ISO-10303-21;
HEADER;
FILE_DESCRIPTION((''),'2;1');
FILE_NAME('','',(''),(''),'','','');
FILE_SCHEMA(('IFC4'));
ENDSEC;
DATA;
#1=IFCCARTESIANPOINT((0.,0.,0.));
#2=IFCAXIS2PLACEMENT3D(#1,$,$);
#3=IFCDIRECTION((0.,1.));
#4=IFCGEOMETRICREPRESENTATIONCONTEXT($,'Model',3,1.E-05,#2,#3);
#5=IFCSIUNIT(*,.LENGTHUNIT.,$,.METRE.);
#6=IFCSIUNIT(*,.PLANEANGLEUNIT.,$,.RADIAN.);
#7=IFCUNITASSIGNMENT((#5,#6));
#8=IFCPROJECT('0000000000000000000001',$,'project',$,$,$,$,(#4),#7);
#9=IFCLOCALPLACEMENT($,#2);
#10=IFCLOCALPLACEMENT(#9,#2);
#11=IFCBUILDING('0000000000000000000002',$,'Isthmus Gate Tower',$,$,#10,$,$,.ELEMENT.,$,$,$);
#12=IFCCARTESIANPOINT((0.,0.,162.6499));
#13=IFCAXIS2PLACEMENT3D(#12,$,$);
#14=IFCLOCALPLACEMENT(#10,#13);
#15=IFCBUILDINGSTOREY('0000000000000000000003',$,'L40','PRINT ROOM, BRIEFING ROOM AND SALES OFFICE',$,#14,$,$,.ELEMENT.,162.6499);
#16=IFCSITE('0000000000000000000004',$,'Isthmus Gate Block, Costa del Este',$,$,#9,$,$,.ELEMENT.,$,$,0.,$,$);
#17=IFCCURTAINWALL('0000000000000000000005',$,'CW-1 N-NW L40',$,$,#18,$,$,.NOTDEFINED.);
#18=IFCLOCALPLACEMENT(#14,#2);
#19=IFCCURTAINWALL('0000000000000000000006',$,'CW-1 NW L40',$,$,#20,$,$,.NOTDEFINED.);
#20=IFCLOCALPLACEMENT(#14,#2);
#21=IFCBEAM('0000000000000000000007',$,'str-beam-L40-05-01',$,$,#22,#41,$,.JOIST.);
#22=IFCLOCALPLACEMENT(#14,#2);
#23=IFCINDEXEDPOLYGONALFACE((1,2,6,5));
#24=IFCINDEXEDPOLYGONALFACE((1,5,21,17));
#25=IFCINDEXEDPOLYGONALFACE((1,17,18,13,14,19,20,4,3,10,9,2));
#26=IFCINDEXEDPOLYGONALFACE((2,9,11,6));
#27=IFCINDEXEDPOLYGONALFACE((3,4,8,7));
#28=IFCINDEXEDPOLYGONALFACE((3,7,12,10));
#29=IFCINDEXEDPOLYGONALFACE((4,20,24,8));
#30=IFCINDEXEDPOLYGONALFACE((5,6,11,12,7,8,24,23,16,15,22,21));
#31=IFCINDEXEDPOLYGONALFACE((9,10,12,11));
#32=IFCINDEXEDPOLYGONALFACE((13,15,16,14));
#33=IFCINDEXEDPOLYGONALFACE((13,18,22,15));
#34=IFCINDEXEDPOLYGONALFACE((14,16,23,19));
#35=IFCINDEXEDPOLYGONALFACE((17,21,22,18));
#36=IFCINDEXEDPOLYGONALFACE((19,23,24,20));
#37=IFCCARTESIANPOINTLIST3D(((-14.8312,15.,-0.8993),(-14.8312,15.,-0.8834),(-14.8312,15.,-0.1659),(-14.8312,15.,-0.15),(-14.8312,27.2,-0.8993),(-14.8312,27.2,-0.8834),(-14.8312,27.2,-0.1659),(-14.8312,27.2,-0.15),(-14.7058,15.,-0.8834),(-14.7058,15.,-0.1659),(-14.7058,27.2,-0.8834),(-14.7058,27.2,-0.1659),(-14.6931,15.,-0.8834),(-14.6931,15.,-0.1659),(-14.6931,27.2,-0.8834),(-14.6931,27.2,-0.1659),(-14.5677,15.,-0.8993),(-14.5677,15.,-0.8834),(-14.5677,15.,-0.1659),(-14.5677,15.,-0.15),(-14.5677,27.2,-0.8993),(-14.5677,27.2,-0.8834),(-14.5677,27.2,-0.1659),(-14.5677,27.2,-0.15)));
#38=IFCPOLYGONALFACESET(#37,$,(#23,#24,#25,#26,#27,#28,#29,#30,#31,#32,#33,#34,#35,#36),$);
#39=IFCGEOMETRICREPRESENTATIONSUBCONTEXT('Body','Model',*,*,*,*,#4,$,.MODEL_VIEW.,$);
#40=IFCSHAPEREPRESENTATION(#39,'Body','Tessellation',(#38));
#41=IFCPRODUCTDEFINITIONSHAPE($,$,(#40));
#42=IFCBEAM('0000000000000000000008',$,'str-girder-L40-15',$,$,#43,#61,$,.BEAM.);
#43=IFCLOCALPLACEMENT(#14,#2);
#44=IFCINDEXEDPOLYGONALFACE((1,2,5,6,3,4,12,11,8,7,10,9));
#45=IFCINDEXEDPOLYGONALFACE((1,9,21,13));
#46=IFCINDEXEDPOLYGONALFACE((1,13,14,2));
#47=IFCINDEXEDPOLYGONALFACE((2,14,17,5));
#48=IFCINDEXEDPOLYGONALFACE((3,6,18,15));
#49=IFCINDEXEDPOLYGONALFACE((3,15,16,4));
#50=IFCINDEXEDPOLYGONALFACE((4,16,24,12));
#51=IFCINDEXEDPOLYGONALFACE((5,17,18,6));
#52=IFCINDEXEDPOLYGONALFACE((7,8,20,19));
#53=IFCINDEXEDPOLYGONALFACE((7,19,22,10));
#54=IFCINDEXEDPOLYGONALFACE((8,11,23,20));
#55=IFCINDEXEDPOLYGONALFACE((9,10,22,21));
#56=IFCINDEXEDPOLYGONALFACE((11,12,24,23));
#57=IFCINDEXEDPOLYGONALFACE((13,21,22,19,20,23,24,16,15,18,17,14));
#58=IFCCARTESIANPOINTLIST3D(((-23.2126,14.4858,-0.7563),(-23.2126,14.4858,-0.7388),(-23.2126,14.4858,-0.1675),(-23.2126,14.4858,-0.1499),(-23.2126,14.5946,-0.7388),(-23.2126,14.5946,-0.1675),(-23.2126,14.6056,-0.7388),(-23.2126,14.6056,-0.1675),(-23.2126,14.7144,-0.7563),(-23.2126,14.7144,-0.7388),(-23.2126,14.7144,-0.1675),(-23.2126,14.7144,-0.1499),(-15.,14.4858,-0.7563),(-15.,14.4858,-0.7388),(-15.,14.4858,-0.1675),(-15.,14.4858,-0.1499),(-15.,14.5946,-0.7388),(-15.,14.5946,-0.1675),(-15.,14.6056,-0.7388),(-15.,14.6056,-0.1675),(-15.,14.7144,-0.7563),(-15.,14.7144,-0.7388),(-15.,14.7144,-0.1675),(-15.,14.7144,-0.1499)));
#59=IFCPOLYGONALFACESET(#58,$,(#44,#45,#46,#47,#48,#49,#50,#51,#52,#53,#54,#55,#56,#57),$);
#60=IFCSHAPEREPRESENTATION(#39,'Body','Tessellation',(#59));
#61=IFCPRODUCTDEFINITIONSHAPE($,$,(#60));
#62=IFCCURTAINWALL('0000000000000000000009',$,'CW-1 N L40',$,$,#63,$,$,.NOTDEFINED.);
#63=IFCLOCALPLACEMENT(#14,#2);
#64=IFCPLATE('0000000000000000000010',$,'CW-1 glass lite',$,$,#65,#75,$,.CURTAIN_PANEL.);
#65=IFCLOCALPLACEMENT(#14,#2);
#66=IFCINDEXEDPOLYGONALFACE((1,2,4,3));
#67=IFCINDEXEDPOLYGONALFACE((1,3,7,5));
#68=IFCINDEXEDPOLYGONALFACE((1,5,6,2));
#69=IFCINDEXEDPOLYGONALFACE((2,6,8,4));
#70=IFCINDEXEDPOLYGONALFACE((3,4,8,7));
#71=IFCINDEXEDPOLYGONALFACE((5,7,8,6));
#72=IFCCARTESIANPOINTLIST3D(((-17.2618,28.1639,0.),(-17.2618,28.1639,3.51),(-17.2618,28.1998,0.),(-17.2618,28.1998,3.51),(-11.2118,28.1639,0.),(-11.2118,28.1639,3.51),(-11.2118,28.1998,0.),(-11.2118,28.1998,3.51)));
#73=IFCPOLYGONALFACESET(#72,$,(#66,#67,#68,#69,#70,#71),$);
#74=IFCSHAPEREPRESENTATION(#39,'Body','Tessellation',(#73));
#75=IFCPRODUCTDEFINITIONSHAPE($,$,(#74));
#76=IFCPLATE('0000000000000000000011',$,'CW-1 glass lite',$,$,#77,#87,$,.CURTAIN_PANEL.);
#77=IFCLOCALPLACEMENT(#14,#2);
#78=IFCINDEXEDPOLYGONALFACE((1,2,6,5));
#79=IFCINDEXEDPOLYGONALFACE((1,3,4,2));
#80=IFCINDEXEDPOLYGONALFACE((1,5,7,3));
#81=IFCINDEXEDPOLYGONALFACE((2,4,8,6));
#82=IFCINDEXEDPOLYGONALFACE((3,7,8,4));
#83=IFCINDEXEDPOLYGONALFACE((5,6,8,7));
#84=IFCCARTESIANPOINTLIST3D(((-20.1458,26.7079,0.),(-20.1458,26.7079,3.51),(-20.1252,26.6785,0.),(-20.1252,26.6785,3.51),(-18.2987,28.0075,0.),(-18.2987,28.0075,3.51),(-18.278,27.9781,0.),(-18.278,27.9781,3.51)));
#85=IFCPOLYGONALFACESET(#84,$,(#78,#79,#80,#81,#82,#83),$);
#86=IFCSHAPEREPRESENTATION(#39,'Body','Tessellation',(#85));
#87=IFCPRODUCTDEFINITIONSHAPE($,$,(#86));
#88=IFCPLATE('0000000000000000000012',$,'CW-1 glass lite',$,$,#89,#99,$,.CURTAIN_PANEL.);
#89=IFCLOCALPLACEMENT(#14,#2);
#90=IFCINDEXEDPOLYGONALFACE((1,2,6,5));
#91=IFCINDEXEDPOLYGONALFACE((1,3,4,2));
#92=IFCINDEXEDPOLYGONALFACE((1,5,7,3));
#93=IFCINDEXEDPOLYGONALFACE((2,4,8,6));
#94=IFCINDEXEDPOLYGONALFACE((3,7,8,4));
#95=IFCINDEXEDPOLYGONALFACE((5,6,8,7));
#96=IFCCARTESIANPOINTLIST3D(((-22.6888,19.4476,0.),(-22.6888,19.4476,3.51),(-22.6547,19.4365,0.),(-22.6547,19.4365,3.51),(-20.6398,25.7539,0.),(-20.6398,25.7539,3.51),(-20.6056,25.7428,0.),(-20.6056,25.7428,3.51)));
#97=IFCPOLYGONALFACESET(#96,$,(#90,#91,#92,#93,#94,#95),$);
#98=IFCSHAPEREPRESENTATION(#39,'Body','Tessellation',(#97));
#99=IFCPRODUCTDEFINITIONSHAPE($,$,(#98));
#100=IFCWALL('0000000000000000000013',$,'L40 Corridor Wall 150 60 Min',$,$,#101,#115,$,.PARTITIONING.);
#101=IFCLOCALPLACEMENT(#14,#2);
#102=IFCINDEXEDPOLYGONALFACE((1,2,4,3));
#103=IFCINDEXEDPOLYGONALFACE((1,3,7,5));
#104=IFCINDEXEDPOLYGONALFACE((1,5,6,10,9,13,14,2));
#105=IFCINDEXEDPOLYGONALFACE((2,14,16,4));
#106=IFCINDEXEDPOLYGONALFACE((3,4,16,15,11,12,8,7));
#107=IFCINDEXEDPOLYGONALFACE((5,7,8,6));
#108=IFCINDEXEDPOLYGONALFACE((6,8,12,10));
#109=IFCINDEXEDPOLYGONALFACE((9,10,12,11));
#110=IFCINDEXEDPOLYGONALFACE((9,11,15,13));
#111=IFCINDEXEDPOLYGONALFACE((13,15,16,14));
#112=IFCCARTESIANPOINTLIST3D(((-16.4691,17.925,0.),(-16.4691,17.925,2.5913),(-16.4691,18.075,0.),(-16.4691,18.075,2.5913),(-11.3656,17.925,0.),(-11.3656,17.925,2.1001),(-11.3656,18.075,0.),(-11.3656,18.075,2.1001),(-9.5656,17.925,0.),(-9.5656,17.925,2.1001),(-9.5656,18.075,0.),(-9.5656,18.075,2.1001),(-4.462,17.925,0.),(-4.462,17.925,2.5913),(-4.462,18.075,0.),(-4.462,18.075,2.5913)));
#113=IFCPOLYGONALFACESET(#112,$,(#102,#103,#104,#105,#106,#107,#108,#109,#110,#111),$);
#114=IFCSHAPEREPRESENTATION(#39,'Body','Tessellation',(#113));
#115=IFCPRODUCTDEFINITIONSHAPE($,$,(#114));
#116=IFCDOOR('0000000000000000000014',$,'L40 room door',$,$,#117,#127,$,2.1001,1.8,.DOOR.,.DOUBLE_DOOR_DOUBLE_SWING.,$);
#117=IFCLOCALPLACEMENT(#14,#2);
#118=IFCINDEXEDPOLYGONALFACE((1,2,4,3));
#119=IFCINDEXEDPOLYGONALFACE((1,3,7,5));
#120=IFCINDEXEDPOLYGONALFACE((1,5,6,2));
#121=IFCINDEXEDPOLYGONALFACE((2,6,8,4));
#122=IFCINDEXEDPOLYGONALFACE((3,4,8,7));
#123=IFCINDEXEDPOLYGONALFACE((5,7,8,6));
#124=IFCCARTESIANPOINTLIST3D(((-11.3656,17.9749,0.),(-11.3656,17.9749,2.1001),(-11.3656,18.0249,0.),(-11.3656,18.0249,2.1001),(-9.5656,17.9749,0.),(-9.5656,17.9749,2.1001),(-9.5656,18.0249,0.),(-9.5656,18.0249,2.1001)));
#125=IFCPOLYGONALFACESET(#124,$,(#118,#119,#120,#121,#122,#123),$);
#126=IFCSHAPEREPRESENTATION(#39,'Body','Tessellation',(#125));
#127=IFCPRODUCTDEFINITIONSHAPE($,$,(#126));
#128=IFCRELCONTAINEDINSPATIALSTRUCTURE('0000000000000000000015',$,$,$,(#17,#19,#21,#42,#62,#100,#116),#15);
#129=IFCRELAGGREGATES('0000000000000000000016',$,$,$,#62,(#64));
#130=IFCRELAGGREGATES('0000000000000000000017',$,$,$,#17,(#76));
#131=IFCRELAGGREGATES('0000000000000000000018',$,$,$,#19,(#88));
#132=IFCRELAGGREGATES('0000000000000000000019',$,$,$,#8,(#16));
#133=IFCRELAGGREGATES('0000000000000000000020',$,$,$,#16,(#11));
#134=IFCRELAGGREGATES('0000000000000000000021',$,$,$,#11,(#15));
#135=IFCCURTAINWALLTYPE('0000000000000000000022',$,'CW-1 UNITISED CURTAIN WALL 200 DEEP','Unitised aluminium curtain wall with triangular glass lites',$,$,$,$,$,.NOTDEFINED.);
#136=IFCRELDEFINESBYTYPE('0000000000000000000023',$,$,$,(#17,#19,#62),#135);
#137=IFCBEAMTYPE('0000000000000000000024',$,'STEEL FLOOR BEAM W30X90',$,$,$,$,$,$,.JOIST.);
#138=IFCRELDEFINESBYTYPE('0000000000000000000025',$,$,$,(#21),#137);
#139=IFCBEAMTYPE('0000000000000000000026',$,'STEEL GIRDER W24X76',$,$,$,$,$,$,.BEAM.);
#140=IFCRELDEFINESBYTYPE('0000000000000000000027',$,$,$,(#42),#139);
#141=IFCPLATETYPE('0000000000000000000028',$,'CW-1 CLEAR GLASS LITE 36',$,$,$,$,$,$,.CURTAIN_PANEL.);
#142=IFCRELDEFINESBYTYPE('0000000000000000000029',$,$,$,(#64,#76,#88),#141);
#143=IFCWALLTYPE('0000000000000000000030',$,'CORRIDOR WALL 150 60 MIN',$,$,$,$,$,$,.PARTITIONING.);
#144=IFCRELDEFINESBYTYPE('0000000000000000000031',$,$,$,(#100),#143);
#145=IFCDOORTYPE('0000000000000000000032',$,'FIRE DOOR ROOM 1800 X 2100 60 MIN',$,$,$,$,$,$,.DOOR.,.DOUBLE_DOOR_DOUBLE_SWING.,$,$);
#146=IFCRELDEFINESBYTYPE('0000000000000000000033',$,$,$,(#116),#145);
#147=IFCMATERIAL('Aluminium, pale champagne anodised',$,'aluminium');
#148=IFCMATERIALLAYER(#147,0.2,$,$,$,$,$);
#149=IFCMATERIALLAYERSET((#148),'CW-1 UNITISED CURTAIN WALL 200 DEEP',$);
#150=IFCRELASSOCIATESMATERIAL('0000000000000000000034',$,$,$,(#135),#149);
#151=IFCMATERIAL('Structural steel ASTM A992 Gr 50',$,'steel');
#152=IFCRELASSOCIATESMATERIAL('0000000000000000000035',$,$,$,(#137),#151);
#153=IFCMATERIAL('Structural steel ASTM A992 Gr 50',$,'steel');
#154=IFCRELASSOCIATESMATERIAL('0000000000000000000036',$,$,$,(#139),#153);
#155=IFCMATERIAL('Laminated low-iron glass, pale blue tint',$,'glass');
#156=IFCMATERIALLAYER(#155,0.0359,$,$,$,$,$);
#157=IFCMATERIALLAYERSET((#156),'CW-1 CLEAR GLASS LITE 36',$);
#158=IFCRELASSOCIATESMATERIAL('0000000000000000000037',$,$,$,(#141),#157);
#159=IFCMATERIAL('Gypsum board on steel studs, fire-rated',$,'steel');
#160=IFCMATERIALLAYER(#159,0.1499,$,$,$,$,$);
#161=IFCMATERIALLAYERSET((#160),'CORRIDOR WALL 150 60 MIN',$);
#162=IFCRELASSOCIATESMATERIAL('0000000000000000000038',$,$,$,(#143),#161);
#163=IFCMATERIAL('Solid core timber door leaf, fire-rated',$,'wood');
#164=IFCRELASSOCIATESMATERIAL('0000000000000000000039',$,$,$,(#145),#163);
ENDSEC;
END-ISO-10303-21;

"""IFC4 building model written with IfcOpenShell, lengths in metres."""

from ifc_helpers import new_model, si_unit, direction, frame, frame_2d, origin, origin_2d, place, context, subcontext, project, spatial, rectangle, i_section, extrude, material, layer, layer_set, material_profile, profile_set, type_object, element, fill, aggregate, save


model = new_model("IFC4")

# Units and contexts
model_context = context("Model", 3, precision=1e-05, world=origin(), true_north=direction((0.0, 1.0)))
body_context = subcontext(model_context, "Body", "Model", "MODEL_VIEW")
ifc_project = project(units=[si_unit("LENGTHUNIT", "METRE"), si_unit("PLANEANGLEUNIT", "RADIAN")], contexts=[model_context])

# Site, building, storey
site_placement = place(None, origin())
site = spatial("IfcSite", under=ifc_project, at=site_placement, Name="Isthmus Gate Block, Costa del Este", CompositionType="ELEMENT", RefElevation=0.0)
building_placement = place(site_placement, origin())
building = spatial("IfcBuilding", under=site, at=building_placement, Name="Isthmus Gate Tower", CompositionType="ELEMENT")
storey_placement = place(building_placement, frame((0.0, 0.0, 162.6499)))
storey = spatial("IfcBuildingStorey", under=building, at=storey_placement, Name="L40", Description="PRINT ROOM, BRIEFING ROOM AND SALES OFFICE", CompositionType="ELEMENT", Elevation=162.6499)

# Curtain walls
ifc_material_1 = material(Name="Aluminium, pale champagne anodised", Category="aluminium")
ifc_layer_1 = layer(ifc_material_1, 0.2)
ifc_layer_set_1 = layer_set([ifc_layer_1], Name="CW-1 UNITISED CURTAIN WALL 200 DEEP")
curtain_wall_type = type_object("IfcCurtainWallType", Name="CW-1 UNITISED CURTAIN WALL 200 DEEP", Description="Unitised aluminium curtain wall with triangular glass lites", PredefinedType="NOTDEFINED", material=ifc_layer_set_1)
curtain_wall_1_placement = place(storey_placement, origin())
curtain_wall_1 = element("IfcCurtainWall", 1, at=curtain_wall_1_placement, inside=storey, type_object=curtain_wall_type, Name="CW-1 N-NW L40", PredefinedType="NOTDEFINED")
curtain_wall_2_placement = place(storey_placement, origin())
curtain_wall_2 = element("IfcCurtainWall", 2, at=curtain_wall_2_placement, inside=storey, type_object=curtain_wall_type, Name="CW-1 NW L40", PredefinedType="NOTDEFINED")

# Beams
ifc_material_2 = material(Name="Structural steel ASTM A992 Gr 50", Category="steel")
ifc_material_profile_1 = material_profile(ifc_material_2, i_section(OverallWidth=0.2634, OverallDepth=0.7493, WebThickness=0.0127, FlangeThickness=0.0159, at=origin_2d()), Name="W30X90")
ifc_profile_set_1 = profile_set([ifc_material_profile_1], Name="Structural steel ASTM A992 Gr 50")
beam_type_1 = type_object("IfcBeamType", Name="STEEL FLOOR BEAM W30X90", PredefinedType="JOIST", material=ifc_profile_set_1)
beam_1_placement = place(storey_placement, frame((-14.6995, 15.0, -0.5247), z_axis=(0.0, 1.0, 0.0), x_axis=(-1.0, 0.0, 0.0)))
element("IfcBeam", 3, at=beam_1_placement, inside=storey, type_object=beam_type_1, Name="str-beam-L40-05-01", PredefinedType="JOIST", context=body_context, shape_type="SweptSolid", body=[
    extrude(i_section(OverallWidth=0.2634, OverallDepth=0.7493, WebThickness=0.0127, FlangeThickness=0.0159, at=origin_2d()), origin(), (0.0, 0.0, 1.0), 12.2),
])
ifc_material_3 = material(Name="Structural steel ASTM A992 Gr 50", Category="steel")
ifc_material_profile_2 = material_profile(ifc_material_3, i_section(OverallWidth=0.2285, OverallDepth=0.6064, WebThickness=0.011, FlangeThickness=0.0176, at=origin_2d()), Name="W24X76")
ifc_profile_set_2 = profile_set([ifc_material_profile_2], Name="Structural steel ASTM A992 Gr 50")
beam_type_2 = type_object("IfcBeamType", Name="STEEL GIRDER W24X76", PredefinedType="BEAM", material=ifc_profile_set_2)
beam_2_placement = place(storey_placement, frame((-15.0, 14.6001, -0.4531), z_axis=(-1.0, 0.0, 0.0), x_axis=(0.0, -1.0, 0.0)))
element("IfcBeam", 4, at=beam_2_placement, inside=storey, type_object=beam_type_2, Name="str-girder-L40-15", PredefinedType="BEAM", context=body_context, shape_type="SweptSolid", body=[
    extrude(i_section(OverallWidth=0.2285, OverallDepth=0.6064, WebThickness=0.011, FlangeThickness=0.0176, at=origin_2d()), origin(), (0.0, 0.0, 1.0), 8.2126),
])

# Curtain wall, plate
curtain_wall_3_placement = place(storey_placement, origin())
curtain_wall_3 = element("IfcCurtainWall", 5, at=curtain_wall_3_placement, inside=storey, type_object=curtain_wall_type, Name="CW-1 N L40", PredefinedType="NOTDEFINED")
ifc_material_4 = material(Name="Laminated low-iron glass, pale blue tint", Category="glass")
ifc_layer_2 = layer(ifc_material_4, 0.0359)
ifc_layer_set_2 = layer_set([ifc_layer_2], Name="CW-1 CLEAR GLASS LITE 36")
plate_type = type_object("IfcPlateType", Name="CW-1 CLEAR GLASS LITE 36", PredefinedType="CURTAIN_PANEL", material=ifc_layer_set_2)
plate_1_placement = place(storey_placement, frame((-14.2368, 28.1819, 0.0), z_axis=(0.0, 0.0, 1.0), x_axis=(-1.0, 0.0, 0.0)))
plate_1 = element("IfcPlate", 6, at=plate_1_placement, type_object=plate_type, Name="CW-1 glass lite", PredefinedType="CURTAIN_PANEL", context=body_context, shape_type="SweptSolid", body=[
    extrude(rectangle(XDim=6.05, YDim=0.0359, at=origin_2d()), origin(), (0.0, 0.0, 1.0), 3.51),
])
aggregate(curtain_wall_3, [plate_1])

# Plates
plate_2_placement = place(storey_placement, frame((-19.2119, 27.343, 0.0), z_axis=(0.0, 0.0, 1.0), x_axis=(-0.81786, -0.575418, 0.0)))
plate_2 = element("IfcPlate", 7, at=plate_2_placement, type_object=plate_type, Name="CW-1 glass lite", PredefinedType="CURTAIN_PANEL", context=body_context, shape_type="SweptSolid", body=[
    extrude(rectangle(XDim=2.2585, YDim=0.0359, at=origin_2d()), origin(), (0.0, 0.0, 1.0), 3.51),
])
aggregate(curtain_wall_1, [plate_2])
plate_3_placement = place(storey_placement, frame((-21.6472, 22.5952, 0.0), z_axis=(0.0, 0.0, 1.0), x_axis=(-0.309017, -0.951057, 0.0)))
plate_3 = element("IfcPlate", 8, at=plate_3_placement, type_object=plate_type, Name="CW-1 glass lite", PredefinedType="CURTAIN_PANEL", context=body_context, shape_type="SweptSolid", body=[
    extrude(rectangle(XDim=6.6309, YDim=0.0359, at=origin_2d()), origin(), (0.0, 0.0, 1.0), 3.51),
])

# Wall, opening, door
ifc_material_5 = material(Name="Gypsum board on steel studs, fire-rated", Category="steel")
ifc_layer_3 = layer(ifc_material_5, 0.1499)
ifc_layer_set_3 = layer_set([ifc_layer_3], Name="CORRIDOR WALL 150 60 MIN")
wall_type_1 = type_object("IfcWallType", Name="CORRIDOR WALL 150 60 MIN", PredefinedType="PARTITIONING", material=ifc_layer_set_3)
wall_1_placement = place(storey_placement, frame((-16.469, 18.0, 0.0), z_axis=(0.0, 0.0, 1.0), x_axis=(1.0, 0.0, 0.0)))
wall_1 = element("IfcWall", 9, at=wall_1_placement, inside=storey, type_object=wall_type_1, Name="L40 Corridor Wall 150 60 Min", PredefinedType="PARTITIONING", context=body_context, shape_type="SweptSolid", body=[
    extrude(rectangle(XDim=12.0071, YDim=0.1499, at=frame_2d((6.0034, 0.0))), origin(), (0.0, 0.0, 1.0), 2.5913),
])
opening_1_placement = place(wall_1_placement, frame((5.1035, 0.0, 0.0)))
opening_1 = element("IfcOpeningElement", 10, at=opening_1_placement, cuts=wall_1, PredefinedType="OPENING", context=body_context, shape_type="SweptSolid", body=[
    extrude(rectangle(XDim=1.8, YDim=2.1001, at=frame_2d((0.8999, 1.05))), frame((0.0, 0.085, 0.0), z_axis=(0.0, -1.0, 0.0), x_axis=(1.0, 0.0, 0.0)), (0.0, 0.0, 1.0), 0.1699),
])
ifc_material_6 = material(Name="Solid core timber door leaf, fire-rated", Category="wood")
door_type_1 = type_object("IfcDoorType", Name="FIRE DOOR ROOM 1800 X 2100 60 MIN", OperationType="DOUBLE_DOOR_DOUBLE_SWING", PredefinedType="DOOR", material=ifc_material_6)
door_1_placement = place(opening_1_placement, origin())
door_1 = element("IfcDoor", 11, at=door_1_placement, inside=storey, type_object=door_type_1, Name="L40 room door", OperationType="DOUBLE_DOOR_DOUBLE_SWING", OverallHeight=2.1001, OverallWidth=1.8, PredefinedType="DOOR", context=body_context, shape_type="SweptSolid", body=[
    extrude(rectangle(XDim=1.8, YDim=2.1001, at=frame_2d((0.8999, 1.05))), frame((0.0, 0.0249, 0.0), z_axis=(0.0, -1.0, 0.0), x_axis=(1.0, 0.0, 0.0)), (0.0, 0.0, 1.0), 0.05),
])
fill(opening_1, door_1)

aggregate(curtain_wall_2, [plate_3])

save(model, "model.ifc")
